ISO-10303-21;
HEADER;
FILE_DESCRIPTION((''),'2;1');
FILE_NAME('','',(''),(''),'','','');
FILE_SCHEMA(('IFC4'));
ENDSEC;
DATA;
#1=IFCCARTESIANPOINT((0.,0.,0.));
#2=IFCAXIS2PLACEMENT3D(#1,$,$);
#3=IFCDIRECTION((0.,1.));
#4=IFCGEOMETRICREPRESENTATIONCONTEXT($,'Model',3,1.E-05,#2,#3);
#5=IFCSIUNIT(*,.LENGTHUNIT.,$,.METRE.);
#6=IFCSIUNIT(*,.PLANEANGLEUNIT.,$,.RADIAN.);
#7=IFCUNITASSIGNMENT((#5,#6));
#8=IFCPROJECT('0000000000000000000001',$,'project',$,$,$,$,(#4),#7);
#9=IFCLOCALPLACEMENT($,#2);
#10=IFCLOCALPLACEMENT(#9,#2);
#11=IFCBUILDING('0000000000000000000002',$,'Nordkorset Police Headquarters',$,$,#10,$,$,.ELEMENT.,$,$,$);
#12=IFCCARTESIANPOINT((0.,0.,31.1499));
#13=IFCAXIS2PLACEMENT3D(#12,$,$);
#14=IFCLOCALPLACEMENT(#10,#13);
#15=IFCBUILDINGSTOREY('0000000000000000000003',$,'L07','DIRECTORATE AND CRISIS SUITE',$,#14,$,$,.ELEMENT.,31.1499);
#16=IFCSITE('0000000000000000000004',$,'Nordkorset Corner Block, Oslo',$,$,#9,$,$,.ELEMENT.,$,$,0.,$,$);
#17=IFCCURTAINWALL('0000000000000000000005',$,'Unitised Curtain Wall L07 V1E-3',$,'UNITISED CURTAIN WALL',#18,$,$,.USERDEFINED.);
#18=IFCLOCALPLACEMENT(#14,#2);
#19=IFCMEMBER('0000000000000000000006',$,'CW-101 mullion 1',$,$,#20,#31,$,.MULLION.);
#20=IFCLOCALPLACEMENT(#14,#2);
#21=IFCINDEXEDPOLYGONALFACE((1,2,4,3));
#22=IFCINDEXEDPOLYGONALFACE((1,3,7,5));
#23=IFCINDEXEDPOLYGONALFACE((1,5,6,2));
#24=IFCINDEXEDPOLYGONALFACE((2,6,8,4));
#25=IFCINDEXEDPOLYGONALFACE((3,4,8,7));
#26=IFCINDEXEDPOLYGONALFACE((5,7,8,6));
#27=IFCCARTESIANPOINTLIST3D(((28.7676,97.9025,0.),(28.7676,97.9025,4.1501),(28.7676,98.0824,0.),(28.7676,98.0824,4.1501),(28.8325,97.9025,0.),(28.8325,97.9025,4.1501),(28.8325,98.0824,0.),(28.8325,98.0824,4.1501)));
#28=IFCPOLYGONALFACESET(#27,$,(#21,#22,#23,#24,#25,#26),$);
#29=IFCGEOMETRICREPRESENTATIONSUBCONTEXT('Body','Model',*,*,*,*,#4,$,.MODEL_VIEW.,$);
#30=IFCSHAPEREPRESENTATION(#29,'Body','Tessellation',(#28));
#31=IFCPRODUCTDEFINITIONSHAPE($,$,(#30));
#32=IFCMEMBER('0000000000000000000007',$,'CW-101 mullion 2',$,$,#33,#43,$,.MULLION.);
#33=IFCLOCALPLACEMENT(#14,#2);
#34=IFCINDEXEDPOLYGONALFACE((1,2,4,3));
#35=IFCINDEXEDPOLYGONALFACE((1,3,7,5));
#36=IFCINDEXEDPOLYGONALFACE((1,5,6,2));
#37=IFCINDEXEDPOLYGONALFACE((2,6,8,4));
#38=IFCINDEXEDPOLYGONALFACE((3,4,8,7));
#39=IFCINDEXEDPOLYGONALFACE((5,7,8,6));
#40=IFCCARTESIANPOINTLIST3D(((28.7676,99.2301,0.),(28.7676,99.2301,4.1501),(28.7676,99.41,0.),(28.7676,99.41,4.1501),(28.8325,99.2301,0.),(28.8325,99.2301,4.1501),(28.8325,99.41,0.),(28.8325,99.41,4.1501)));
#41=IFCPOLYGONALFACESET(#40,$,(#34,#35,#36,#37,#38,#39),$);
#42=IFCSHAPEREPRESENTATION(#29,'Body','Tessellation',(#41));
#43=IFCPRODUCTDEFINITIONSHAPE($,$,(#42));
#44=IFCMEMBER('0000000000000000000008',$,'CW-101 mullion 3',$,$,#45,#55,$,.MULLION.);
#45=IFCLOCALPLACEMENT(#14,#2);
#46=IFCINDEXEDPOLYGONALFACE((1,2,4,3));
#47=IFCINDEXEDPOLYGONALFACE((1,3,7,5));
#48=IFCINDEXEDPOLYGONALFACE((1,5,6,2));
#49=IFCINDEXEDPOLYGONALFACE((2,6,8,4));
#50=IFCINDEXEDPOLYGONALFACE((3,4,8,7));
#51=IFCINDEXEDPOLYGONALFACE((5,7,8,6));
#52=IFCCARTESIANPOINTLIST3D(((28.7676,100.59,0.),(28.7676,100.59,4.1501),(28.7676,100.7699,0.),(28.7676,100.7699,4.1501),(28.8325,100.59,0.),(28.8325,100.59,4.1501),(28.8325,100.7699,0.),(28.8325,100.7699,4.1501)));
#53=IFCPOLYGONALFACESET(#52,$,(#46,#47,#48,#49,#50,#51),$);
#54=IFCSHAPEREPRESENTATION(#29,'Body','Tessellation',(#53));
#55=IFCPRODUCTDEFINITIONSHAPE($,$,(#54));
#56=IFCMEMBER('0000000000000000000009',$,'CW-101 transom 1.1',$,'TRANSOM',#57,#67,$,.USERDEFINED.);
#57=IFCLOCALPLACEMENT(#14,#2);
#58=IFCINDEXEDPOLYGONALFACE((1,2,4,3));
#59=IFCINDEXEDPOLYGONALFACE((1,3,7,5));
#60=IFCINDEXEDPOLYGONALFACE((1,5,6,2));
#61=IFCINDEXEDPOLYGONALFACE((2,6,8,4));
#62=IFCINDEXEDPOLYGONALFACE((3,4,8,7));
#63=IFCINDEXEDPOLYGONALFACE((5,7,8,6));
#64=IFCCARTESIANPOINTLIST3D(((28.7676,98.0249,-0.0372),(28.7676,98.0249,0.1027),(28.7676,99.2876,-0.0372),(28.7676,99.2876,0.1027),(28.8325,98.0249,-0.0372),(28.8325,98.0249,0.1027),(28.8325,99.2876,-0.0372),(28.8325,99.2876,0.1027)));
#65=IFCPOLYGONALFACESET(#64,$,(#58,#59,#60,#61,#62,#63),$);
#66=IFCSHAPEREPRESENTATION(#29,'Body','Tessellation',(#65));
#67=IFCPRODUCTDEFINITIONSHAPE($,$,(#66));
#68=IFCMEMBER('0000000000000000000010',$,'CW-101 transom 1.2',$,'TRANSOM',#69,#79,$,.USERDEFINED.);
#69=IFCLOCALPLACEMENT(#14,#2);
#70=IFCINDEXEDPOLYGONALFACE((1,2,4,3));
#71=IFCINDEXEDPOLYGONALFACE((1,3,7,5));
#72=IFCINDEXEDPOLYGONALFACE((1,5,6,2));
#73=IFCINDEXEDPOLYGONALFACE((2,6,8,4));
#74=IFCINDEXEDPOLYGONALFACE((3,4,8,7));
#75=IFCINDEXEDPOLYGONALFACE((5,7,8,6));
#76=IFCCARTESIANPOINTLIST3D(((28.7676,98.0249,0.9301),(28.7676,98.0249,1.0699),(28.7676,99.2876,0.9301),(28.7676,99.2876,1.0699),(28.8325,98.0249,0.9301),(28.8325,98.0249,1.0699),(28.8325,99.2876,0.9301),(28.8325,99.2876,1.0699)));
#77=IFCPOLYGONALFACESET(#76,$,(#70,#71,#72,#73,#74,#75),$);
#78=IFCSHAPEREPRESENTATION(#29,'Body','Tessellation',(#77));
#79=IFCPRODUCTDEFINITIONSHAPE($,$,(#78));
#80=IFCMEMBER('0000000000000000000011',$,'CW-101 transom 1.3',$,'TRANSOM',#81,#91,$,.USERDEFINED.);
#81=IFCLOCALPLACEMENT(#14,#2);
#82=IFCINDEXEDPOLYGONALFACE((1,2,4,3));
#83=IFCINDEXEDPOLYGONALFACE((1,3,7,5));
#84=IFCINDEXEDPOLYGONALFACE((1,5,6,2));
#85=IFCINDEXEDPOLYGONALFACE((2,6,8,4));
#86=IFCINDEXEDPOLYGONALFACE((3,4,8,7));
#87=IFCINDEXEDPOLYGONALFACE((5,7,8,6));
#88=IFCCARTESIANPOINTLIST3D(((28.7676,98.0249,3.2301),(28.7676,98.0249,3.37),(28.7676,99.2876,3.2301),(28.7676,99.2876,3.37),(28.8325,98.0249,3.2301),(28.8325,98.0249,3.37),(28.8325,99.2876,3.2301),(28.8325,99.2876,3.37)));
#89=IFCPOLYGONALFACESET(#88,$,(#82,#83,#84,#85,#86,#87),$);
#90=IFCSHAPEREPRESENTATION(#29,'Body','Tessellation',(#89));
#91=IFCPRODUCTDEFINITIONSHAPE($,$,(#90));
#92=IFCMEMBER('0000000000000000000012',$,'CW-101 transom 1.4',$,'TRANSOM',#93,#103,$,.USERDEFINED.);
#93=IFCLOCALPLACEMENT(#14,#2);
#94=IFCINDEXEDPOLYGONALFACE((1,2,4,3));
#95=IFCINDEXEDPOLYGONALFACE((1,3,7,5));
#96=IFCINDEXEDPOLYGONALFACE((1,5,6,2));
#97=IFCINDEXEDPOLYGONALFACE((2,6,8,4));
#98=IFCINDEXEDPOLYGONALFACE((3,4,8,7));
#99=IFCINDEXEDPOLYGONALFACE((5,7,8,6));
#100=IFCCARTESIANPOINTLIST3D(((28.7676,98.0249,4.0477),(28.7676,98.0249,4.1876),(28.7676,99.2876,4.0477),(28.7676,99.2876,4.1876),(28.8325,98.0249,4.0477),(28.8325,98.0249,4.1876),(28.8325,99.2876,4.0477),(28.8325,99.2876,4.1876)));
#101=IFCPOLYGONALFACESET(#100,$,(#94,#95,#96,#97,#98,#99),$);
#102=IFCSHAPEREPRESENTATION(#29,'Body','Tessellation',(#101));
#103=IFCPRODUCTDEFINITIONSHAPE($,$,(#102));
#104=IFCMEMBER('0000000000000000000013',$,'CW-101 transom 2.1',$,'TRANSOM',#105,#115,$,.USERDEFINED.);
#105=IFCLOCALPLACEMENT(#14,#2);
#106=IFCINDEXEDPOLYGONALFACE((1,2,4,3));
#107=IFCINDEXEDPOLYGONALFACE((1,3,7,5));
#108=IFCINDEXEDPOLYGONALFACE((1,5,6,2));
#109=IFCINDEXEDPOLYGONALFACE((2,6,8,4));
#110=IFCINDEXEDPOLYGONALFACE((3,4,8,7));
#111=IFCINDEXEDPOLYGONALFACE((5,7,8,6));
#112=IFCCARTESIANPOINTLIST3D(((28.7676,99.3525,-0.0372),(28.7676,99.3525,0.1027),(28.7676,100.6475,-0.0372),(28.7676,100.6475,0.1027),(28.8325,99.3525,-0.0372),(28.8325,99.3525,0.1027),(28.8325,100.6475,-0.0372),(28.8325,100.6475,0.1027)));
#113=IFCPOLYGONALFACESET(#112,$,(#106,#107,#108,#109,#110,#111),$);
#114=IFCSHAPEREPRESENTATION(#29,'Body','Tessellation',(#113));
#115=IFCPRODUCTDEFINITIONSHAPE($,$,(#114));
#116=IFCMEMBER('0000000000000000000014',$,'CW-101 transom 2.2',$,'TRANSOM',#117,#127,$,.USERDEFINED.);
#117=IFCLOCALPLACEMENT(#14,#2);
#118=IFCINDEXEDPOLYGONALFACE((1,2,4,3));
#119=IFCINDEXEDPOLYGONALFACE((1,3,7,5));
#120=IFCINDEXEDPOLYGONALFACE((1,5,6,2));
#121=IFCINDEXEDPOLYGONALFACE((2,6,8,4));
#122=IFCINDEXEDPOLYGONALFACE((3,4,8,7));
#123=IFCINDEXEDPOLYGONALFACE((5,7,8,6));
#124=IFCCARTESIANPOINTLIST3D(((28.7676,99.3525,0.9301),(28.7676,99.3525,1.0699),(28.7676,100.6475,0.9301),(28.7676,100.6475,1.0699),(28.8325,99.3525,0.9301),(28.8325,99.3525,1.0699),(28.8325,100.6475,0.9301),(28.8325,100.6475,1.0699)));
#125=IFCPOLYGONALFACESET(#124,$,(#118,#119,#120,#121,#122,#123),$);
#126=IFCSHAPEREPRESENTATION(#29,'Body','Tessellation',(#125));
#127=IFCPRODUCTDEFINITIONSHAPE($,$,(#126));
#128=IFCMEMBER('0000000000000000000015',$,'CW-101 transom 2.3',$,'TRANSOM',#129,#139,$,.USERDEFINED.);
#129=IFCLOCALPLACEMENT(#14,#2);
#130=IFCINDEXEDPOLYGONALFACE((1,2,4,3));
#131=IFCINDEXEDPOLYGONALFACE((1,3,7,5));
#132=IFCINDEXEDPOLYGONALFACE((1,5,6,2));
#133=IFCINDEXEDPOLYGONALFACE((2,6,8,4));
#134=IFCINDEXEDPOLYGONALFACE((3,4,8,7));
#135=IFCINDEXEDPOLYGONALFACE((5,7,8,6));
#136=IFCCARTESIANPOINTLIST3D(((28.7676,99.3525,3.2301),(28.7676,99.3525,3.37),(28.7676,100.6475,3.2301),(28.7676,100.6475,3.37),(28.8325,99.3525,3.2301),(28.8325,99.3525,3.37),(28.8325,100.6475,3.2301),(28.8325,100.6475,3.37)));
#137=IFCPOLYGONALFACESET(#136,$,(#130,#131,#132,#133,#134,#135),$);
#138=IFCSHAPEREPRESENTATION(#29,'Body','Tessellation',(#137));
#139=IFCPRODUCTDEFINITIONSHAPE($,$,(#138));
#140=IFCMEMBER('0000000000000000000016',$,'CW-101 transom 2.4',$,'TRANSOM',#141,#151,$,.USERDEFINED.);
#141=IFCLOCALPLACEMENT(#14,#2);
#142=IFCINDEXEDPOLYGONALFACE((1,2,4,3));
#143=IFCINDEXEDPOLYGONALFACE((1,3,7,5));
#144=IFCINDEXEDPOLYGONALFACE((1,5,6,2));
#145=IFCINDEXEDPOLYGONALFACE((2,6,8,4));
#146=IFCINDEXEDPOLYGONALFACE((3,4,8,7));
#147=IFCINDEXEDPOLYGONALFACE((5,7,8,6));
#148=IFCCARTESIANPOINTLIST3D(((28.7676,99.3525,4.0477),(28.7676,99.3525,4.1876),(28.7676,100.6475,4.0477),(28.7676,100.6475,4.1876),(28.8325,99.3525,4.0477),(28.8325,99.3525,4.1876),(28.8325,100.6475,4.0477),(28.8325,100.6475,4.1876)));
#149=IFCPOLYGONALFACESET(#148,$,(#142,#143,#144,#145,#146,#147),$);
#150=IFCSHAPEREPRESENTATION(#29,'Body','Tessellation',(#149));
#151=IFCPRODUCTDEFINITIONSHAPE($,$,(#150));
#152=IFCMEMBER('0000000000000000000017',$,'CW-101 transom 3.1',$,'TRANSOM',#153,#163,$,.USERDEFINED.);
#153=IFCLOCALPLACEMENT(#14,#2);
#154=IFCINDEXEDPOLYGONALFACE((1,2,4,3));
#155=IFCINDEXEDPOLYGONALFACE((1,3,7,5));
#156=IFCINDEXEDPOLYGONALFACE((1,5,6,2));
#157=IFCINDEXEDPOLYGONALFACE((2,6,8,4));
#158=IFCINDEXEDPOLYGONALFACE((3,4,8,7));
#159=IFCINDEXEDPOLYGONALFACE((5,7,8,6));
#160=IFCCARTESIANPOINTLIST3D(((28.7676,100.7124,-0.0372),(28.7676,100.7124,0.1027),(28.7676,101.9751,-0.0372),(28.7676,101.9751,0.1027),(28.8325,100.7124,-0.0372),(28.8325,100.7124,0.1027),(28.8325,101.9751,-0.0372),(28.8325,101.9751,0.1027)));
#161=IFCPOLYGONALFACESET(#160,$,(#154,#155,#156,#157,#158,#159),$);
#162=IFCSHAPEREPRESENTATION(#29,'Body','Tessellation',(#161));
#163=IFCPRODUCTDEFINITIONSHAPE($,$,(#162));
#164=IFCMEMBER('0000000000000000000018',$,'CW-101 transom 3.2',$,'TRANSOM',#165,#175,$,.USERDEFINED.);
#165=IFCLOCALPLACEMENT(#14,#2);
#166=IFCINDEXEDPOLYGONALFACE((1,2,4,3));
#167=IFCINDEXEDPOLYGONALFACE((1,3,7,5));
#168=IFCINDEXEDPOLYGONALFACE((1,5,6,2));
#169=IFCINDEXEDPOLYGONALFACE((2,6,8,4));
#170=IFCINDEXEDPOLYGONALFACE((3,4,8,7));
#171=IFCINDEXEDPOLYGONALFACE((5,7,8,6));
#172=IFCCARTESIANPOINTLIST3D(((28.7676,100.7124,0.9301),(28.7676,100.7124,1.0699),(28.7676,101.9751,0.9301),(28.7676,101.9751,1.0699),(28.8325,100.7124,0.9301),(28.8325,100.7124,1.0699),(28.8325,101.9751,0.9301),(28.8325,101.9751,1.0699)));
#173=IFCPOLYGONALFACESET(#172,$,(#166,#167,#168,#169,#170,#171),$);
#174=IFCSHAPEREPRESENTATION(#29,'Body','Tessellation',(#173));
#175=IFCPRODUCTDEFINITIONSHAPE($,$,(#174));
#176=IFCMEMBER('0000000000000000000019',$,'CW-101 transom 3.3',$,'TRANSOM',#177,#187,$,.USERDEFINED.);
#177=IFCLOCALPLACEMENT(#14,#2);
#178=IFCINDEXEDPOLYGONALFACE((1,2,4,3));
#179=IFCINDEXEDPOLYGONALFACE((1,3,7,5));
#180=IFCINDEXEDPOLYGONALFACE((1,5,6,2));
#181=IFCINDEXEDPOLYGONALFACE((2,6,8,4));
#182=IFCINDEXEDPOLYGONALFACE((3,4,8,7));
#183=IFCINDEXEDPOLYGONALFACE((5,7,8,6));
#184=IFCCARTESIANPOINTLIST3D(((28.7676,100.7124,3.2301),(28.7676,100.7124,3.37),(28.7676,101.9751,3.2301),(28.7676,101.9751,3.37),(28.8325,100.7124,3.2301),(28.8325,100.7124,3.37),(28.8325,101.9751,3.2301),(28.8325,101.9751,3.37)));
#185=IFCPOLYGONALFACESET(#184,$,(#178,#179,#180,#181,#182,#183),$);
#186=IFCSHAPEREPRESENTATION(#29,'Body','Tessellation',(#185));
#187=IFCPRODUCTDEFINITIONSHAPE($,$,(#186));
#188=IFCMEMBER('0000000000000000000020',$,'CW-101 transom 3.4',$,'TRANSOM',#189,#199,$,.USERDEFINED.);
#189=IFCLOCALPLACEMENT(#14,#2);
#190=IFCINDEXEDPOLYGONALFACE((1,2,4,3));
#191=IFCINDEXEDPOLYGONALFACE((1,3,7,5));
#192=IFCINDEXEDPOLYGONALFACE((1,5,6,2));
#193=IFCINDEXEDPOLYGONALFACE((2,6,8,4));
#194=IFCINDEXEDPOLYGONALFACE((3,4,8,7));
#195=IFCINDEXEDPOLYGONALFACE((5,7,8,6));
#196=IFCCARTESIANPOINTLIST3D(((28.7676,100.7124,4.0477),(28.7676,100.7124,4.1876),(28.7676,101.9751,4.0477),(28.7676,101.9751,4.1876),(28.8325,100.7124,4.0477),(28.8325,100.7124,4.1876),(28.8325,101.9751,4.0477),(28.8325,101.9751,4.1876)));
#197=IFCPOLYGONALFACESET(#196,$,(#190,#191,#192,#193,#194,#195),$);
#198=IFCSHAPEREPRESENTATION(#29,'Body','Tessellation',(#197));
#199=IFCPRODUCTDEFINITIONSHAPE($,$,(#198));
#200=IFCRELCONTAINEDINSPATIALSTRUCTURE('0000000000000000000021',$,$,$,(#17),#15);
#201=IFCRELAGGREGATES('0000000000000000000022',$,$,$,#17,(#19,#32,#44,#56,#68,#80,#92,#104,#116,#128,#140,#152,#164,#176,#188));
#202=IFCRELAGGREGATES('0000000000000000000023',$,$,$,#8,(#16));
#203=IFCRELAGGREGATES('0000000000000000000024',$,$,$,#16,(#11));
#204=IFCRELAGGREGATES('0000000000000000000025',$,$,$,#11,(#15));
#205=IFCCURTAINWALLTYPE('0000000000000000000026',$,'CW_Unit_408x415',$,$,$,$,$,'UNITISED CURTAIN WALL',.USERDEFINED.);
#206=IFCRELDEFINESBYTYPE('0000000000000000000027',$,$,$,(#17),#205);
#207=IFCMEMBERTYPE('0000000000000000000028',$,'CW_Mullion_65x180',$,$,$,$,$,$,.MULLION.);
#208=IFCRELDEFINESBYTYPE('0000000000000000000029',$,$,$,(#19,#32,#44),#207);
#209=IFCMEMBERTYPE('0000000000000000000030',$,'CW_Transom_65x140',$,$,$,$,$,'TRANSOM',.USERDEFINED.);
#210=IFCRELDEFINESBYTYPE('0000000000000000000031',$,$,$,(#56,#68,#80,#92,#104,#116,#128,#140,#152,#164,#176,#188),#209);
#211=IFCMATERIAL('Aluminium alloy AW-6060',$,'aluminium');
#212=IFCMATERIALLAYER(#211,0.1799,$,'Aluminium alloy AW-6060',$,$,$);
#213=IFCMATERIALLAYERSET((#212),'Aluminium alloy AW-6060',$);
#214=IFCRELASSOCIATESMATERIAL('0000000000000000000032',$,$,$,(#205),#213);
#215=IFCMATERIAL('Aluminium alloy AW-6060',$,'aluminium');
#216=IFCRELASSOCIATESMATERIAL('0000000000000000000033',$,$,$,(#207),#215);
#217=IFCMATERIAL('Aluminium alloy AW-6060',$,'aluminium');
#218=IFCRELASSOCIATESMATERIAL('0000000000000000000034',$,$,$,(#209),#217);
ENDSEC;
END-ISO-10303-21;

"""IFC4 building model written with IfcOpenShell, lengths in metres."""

from ifc_helpers import new_model, si_unit, direction, frame, origin, origin_2d, place, context, subcontext, project, spatial, rectangle, extrude, material, layer, layer_set, material_profile, profile_set, type_object, element, aggregate, save


model = new_model("IFC4")

# Units and contexts
model_context = context("Model", 3, precision=1e-05, world=origin(), true_north=direction((0.0, 1.0)))
body_context = subcontext(model_context, "Body", "Model", "MODEL_VIEW")
ifc_project = project(units=[si_unit("LENGTHUNIT", "METRE"), si_unit("PLANEANGLEUNIT", "RADIAN")], contexts=[model_context])

# Site, building, storey
site_placement = place(None, origin())
site = spatial("IfcSite", under=ifc_project, at=site_placement, Name="Nordkorset Corner Block, Oslo", CompositionType="ELEMENT", RefElevation=0.0)
building_placement = place(site_placement, origin())
building = spatial("IfcBuilding", under=site, at=building_placement, Name="Nordkorset Police Headquarters", CompositionType="ELEMENT")
storey_placement = place(building_placement, frame((0.0, 0.0, 31.1499)))
storey = spatial("IfcBuildingStorey", under=building, at=storey_placement, Name="L07", Description="DIRECTORATE AND CRISIS SUITE", CompositionType="ELEMENT", Elevation=31.1499)

# Curtain wall, members
ifc_material_1 = material(Name="Aluminium alloy AW-6060", Category="aluminium")
ifc_layer_1 = layer(ifc_material_1, 0.1799, Name="Aluminium alloy AW-6060")
ifc_layer_set_1 = layer_set([ifc_layer_1], Name="Aluminium alloy AW-6060")
curtain_wall_type = type_object("IfcCurtainWallType", Name="CW_Unit_408x415", ElementType="UNITISED CURTAIN WALL", PredefinedType="USERDEFINED", material=ifc_layer_set_1)
curtain_wall_placement = place(storey_placement, origin())
curtain_wall = element("IfcCurtainWall", 1, at=curtain_wall_placement, inside=storey, type_object=curtain_wall_type, Name="Unitised Curtain Wall L07 V1E-3", ObjectType="UNITISED CURTAIN WALL", PredefinedType="USERDEFINED")
ifc_material_2 = material(Name="Aluminium alloy AW-6060", Category="aluminium")
ifc_material_profile_1 = material_profile(ifc_material_2, rectangle(XDim=0.0649, YDim=0.1799, at=origin_2d()), Name="ALU MULL 65x180")
ifc_profile_set_1 = profile_set([ifc_material_profile_1], Name="Aluminium alloy AW-6060")
member_type_1 = type_object("IfcMemberType", Name="CW_Mullion_65x180", PredefinedType="MULLION", material=ifc_profile_set_1)
member_1_placement = place(storey_placement, frame((28.8, 97.9924, 0.0), z_axis=(0.0, 0.0, 1.0), x_axis=(-1.0, 0.0, 0.0)))
member_1 = element("IfcMember", 2, at=member_1_placement, type_object=member_type_1, Name="CW-101 mullion 1", PredefinedType="MULLION", context=body_context, shape_type="SweptSolid", body=[
    extrude(rectangle(XDim=0.0649, YDim=0.1799, at=origin_2d()), origin(), (0.0, 0.0, 1.0), 4.1501),
])
member_2_placement = place(storey_placement, frame((28.8, 99.3201, 0.0), z_axis=(0.0, 0.0, 1.0), x_axis=(-1.0, 0.0, 0.0)))
member_2 = element("IfcMember", 3, at=member_2_placement, type_object=member_type_1, Name="CW-101 mullion 2", PredefinedType="MULLION", context=body_context, shape_type="SweptSolid", body=[
    extrude(rectangle(XDim=0.0649, YDim=0.1799, at=origin_2d()), origin(), (0.0, 0.0, 1.0), 4.1501),
])
member_3_placement = place(storey_placement, frame((28.8, 100.6799, 0.0), z_axis=(0.0, 0.0, 1.0), x_axis=(-1.0, 0.0, 0.0)))
member_3 = element("IfcMember", 4, at=member_3_placement, type_object=member_type_1, Name="CW-101 mullion 3", PredefinedType="MULLION", context=body_context, shape_type="SweptSolid", body=[
    extrude(rectangle(XDim=0.0649, YDim=0.1799, at=origin_2d()), origin(), (0.0, 0.0, 1.0), 4.1501),
])
ifc_material_3 = material(Name="Aluminium alloy AW-6060", Category="aluminium")
ifc_material_profile_2 = material_profile(ifc_material_3, rectangle(XDim=0.0649, YDim=0.1399, at=origin_2d()), Name="ALU TRAN 65x140")
ifc_profile_set_2 = profile_set([ifc_material_profile_2], Name="Aluminium alloy AW-6060")
member_type_2 = type_object("IfcMemberType", Name="CW_Transom_65x140", ElementType="TRANSOM", PredefinedType="USERDEFINED", material=ifc_profile_set_2)
member_4_placement = place(storey_placement, frame((28.8, 98.0249, 0.0327), z_axis=(0.0, 1.0, 0.0), x_axis=(-1.0, 0.0, 0.0)))
member_4 = element("IfcMember", 5, at=member_4_placement, type_object=member_type_2, Name="CW-101 transom 1.1", ObjectType="TRANSOM", PredefinedType="USERDEFINED", context=body_context, shape_type="SweptSolid", body=[
    extrude(rectangle(XDim=0.0649, YDim=0.1399, at=origin_2d()), origin(), (0.0, 0.0, 1.0), 1.2627),
])
member_5_placement = place(storey_placement, frame((28.8, 98.0249, 1.0), z_axis=(0.0, 1.0, 0.0), x_axis=(-1.0, 0.0, 0.0)))
member_5 = element("IfcMember", 6, at=member_5_placement, type_object=member_type_2, Name="CW-101 transom 1.2", ObjectType="TRANSOM", PredefinedType="USERDEFINED", context=body_context, shape_type="SweptSolid", body=[
    extrude(rectangle(XDim=0.0649, YDim=0.1399, at=origin_2d()), origin(), (0.0, 0.0, 1.0), 1.2627),
])
member_6_placement = place(storey_placement, frame((28.8, 98.0249, 3.3), z_axis=(0.0, 1.0, 0.0), x_axis=(-1.0, 0.0, 0.0)))
member_6 = element("IfcMember", 7, at=member_6_placement, type_object=member_type_2, Name="CW-101 transom 1.3", ObjectType="TRANSOM", PredefinedType="USERDEFINED", context=body_context, shape_type="SweptSolid", body=[
    extrude(rectangle(XDim=0.0649, YDim=0.1399, at=origin_2d()), origin(), (0.0, 0.0, 1.0), 1.2627),
])
member_7_placement = place(storey_placement, frame((28.8, 98.0249, 4.1177), z_axis=(0.0, 1.0, 0.0), x_axis=(-1.0, 0.0, 0.0)))
member_7 = element("IfcMember", 8, at=member_7_placement, type_object=member_type_2, Name="CW-101 transom 1.4", ObjectType="TRANSOM", PredefinedType="USERDEFINED", context=body_context, shape_type="SweptSolid", body=[
    extrude(rectangle(XDim=0.0649, YDim=0.1399, at=origin_2d()), origin(), (0.0, 0.0, 1.0), 1.2627),
])
member_8_placement = place(storey_placement, frame((28.8, 99.3525, 0.0327), z_axis=(0.0, 1.0, 0.0), x_axis=(-1.0, 0.0, 0.0)))
member_8 = element("IfcMember", 9, at=member_8_placement, type_object=member_type_2, Name="CW-101 transom 2.1", ObjectType="TRANSOM", PredefinedType="USERDEFINED", context=body_context, shape_type="SweptSolid", body=[
    extrude(rectangle(XDim=0.0649, YDim=0.1399, at=origin_2d()), origin(), (0.0, 0.0, 1.0), 1.2949),
])
member_9_placement = place(storey_placement, frame((28.8, 99.3525, 1.0), z_axis=(0.0, 1.0, 0.0), x_axis=(-1.0, 0.0, 0.0)))
member_9 = element("IfcMember", 10, at=member_9_placement, type_object=member_type_2, Name="CW-101 transom 2.2", ObjectType="TRANSOM", PredefinedType="USERDEFINED", context=body_context, shape_type="SweptSolid", body=[
    extrude(rectangle(XDim=0.0649, YDim=0.1399, at=origin_2d()), origin(), (0.0, 0.0, 1.0), 1.2949),
])
member_10_placement = place(storey_placement, frame((28.8, 99.3525, 3.3), z_axis=(0.0, 1.0, 0.0), x_axis=(-1.0, 0.0, 0.0)))
member_10 = element("IfcMember", 11, at=member_10_placement, type_object=member_type_2, Name="CW-101 transom 2.3", ObjectType="TRANSOM", PredefinedType="USERDEFINED", context=body_context, shape_type="SweptSolid", body=[
    extrude(rectangle(XDim=0.0649, YDim=0.1399, at=origin_2d()), origin(), (0.0, 0.0, 1.0), 1.2949),
])
member_11_placement = place(storey_placement, frame((28.8, 99.3525, 4.1177), z_axis=(0.0, 1.0, 0.0), x_axis=(-1.0, 0.0, 0.0)))
member_11 = element("IfcMember", 12, at=member_11_placement, type_object=member_type_2, Name="CW-101 transom 2.4", ObjectType="TRANSOM", PredefinedType="USERDEFINED", context=body_context, shape_type="SweptSolid", body=[
    extrude(rectangle(XDim=0.0649, YDim=0.1399, at=origin_2d()), origin(), (0.0, 0.0, 1.0), 1.2949),
])
member_12_placement = place(storey_placement, frame((28.8, 100.7124, 0.0327), z_axis=(0.0, 1.0, 0.0), x_axis=(-1.0, 0.0, 0.0)))
member_12 = element("IfcMember", 13, at=member_12_placement, type_object=member_type_2, Name="CW-101 transom 3.1", ObjectType="TRANSOM", PredefinedType="USERDEFINED", context=body_context, shape_type="SweptSolid", body=[
    extrude(rectangle(XDim=0.0649, YDim=0.1399, at=origin_2d()), origin(), (0.0, 0.0, 1.0), 1.2627),
])
member_13_placement = place(storey_placement, frame((28.8, 100.7124, 1.0), z_axis=(0.0, 1.0, 0.0), x_axis=(-1.0, 0.0, 0.0)))
member_13 = element("IfcMember", 14, at=member_13_placement, type_object=member_type_2, Name="CW-101 transom 3.2", ObjectType="TRANSOM", PredefinedType="USERDEFINED", context=body_context, shape_type="SweptSolid", body=[
    extrude(rectangle(XDim=0.0649, YDim=0.1399, at=origin_2d()), origin(), (0.0, 0.0, 1.0), 1.2627),
])
member_14_placement = place(storey_placement, frame((28.8, 100.7124, 3.3), z_axis=(0.0, 1.0, 0.0), x_axis=(-1.0, 0.0, 0.0)))
member_14 = element("IfcMember", 15, at=member_14_placement, type_object=member_type_2, Name="CW-101 transom 3.3", ObjectType="TRANSOM", PredefinedType="USERDEFINED", context=body_context, shape_type="SweptSolid", body=[
    extrude(rectangle(XDim=0.0649, YDim=0.1399, at=origin_2d()), origin(), (0.0, 0.0, 1.0), 1.2627),
])
member_15_placement = place(storey_placement, frame((28.8, 100.7124, 4.1177), z_axis=(0.0, 1.0, 0.0), x_axis=(-1.0, 0.0, 0.0)))
member_15 = element("IfcMember", 16, at=member_15_placement, type_object=member_type_2, Name="CW-101 transom 3.4", ObjectType="TRANSOM", PredefinedType="USERDEFINED", context=body_context, shape_type="SweptSolid", body=[
    extrude(rectangle(XDim=0.0649, YDim=0.1399, at=origin_2d()), origin(), (0.0, 0.0, 1.0), 1.2627),
])

aggregate(curtain_wall, [member_1, member_2, member_3, member_4, member_5, member_6, member_7, member_8, member_9, member_10, member_11, member_12, member_13, member_14, member_15])

save(model, "model.ifc")
